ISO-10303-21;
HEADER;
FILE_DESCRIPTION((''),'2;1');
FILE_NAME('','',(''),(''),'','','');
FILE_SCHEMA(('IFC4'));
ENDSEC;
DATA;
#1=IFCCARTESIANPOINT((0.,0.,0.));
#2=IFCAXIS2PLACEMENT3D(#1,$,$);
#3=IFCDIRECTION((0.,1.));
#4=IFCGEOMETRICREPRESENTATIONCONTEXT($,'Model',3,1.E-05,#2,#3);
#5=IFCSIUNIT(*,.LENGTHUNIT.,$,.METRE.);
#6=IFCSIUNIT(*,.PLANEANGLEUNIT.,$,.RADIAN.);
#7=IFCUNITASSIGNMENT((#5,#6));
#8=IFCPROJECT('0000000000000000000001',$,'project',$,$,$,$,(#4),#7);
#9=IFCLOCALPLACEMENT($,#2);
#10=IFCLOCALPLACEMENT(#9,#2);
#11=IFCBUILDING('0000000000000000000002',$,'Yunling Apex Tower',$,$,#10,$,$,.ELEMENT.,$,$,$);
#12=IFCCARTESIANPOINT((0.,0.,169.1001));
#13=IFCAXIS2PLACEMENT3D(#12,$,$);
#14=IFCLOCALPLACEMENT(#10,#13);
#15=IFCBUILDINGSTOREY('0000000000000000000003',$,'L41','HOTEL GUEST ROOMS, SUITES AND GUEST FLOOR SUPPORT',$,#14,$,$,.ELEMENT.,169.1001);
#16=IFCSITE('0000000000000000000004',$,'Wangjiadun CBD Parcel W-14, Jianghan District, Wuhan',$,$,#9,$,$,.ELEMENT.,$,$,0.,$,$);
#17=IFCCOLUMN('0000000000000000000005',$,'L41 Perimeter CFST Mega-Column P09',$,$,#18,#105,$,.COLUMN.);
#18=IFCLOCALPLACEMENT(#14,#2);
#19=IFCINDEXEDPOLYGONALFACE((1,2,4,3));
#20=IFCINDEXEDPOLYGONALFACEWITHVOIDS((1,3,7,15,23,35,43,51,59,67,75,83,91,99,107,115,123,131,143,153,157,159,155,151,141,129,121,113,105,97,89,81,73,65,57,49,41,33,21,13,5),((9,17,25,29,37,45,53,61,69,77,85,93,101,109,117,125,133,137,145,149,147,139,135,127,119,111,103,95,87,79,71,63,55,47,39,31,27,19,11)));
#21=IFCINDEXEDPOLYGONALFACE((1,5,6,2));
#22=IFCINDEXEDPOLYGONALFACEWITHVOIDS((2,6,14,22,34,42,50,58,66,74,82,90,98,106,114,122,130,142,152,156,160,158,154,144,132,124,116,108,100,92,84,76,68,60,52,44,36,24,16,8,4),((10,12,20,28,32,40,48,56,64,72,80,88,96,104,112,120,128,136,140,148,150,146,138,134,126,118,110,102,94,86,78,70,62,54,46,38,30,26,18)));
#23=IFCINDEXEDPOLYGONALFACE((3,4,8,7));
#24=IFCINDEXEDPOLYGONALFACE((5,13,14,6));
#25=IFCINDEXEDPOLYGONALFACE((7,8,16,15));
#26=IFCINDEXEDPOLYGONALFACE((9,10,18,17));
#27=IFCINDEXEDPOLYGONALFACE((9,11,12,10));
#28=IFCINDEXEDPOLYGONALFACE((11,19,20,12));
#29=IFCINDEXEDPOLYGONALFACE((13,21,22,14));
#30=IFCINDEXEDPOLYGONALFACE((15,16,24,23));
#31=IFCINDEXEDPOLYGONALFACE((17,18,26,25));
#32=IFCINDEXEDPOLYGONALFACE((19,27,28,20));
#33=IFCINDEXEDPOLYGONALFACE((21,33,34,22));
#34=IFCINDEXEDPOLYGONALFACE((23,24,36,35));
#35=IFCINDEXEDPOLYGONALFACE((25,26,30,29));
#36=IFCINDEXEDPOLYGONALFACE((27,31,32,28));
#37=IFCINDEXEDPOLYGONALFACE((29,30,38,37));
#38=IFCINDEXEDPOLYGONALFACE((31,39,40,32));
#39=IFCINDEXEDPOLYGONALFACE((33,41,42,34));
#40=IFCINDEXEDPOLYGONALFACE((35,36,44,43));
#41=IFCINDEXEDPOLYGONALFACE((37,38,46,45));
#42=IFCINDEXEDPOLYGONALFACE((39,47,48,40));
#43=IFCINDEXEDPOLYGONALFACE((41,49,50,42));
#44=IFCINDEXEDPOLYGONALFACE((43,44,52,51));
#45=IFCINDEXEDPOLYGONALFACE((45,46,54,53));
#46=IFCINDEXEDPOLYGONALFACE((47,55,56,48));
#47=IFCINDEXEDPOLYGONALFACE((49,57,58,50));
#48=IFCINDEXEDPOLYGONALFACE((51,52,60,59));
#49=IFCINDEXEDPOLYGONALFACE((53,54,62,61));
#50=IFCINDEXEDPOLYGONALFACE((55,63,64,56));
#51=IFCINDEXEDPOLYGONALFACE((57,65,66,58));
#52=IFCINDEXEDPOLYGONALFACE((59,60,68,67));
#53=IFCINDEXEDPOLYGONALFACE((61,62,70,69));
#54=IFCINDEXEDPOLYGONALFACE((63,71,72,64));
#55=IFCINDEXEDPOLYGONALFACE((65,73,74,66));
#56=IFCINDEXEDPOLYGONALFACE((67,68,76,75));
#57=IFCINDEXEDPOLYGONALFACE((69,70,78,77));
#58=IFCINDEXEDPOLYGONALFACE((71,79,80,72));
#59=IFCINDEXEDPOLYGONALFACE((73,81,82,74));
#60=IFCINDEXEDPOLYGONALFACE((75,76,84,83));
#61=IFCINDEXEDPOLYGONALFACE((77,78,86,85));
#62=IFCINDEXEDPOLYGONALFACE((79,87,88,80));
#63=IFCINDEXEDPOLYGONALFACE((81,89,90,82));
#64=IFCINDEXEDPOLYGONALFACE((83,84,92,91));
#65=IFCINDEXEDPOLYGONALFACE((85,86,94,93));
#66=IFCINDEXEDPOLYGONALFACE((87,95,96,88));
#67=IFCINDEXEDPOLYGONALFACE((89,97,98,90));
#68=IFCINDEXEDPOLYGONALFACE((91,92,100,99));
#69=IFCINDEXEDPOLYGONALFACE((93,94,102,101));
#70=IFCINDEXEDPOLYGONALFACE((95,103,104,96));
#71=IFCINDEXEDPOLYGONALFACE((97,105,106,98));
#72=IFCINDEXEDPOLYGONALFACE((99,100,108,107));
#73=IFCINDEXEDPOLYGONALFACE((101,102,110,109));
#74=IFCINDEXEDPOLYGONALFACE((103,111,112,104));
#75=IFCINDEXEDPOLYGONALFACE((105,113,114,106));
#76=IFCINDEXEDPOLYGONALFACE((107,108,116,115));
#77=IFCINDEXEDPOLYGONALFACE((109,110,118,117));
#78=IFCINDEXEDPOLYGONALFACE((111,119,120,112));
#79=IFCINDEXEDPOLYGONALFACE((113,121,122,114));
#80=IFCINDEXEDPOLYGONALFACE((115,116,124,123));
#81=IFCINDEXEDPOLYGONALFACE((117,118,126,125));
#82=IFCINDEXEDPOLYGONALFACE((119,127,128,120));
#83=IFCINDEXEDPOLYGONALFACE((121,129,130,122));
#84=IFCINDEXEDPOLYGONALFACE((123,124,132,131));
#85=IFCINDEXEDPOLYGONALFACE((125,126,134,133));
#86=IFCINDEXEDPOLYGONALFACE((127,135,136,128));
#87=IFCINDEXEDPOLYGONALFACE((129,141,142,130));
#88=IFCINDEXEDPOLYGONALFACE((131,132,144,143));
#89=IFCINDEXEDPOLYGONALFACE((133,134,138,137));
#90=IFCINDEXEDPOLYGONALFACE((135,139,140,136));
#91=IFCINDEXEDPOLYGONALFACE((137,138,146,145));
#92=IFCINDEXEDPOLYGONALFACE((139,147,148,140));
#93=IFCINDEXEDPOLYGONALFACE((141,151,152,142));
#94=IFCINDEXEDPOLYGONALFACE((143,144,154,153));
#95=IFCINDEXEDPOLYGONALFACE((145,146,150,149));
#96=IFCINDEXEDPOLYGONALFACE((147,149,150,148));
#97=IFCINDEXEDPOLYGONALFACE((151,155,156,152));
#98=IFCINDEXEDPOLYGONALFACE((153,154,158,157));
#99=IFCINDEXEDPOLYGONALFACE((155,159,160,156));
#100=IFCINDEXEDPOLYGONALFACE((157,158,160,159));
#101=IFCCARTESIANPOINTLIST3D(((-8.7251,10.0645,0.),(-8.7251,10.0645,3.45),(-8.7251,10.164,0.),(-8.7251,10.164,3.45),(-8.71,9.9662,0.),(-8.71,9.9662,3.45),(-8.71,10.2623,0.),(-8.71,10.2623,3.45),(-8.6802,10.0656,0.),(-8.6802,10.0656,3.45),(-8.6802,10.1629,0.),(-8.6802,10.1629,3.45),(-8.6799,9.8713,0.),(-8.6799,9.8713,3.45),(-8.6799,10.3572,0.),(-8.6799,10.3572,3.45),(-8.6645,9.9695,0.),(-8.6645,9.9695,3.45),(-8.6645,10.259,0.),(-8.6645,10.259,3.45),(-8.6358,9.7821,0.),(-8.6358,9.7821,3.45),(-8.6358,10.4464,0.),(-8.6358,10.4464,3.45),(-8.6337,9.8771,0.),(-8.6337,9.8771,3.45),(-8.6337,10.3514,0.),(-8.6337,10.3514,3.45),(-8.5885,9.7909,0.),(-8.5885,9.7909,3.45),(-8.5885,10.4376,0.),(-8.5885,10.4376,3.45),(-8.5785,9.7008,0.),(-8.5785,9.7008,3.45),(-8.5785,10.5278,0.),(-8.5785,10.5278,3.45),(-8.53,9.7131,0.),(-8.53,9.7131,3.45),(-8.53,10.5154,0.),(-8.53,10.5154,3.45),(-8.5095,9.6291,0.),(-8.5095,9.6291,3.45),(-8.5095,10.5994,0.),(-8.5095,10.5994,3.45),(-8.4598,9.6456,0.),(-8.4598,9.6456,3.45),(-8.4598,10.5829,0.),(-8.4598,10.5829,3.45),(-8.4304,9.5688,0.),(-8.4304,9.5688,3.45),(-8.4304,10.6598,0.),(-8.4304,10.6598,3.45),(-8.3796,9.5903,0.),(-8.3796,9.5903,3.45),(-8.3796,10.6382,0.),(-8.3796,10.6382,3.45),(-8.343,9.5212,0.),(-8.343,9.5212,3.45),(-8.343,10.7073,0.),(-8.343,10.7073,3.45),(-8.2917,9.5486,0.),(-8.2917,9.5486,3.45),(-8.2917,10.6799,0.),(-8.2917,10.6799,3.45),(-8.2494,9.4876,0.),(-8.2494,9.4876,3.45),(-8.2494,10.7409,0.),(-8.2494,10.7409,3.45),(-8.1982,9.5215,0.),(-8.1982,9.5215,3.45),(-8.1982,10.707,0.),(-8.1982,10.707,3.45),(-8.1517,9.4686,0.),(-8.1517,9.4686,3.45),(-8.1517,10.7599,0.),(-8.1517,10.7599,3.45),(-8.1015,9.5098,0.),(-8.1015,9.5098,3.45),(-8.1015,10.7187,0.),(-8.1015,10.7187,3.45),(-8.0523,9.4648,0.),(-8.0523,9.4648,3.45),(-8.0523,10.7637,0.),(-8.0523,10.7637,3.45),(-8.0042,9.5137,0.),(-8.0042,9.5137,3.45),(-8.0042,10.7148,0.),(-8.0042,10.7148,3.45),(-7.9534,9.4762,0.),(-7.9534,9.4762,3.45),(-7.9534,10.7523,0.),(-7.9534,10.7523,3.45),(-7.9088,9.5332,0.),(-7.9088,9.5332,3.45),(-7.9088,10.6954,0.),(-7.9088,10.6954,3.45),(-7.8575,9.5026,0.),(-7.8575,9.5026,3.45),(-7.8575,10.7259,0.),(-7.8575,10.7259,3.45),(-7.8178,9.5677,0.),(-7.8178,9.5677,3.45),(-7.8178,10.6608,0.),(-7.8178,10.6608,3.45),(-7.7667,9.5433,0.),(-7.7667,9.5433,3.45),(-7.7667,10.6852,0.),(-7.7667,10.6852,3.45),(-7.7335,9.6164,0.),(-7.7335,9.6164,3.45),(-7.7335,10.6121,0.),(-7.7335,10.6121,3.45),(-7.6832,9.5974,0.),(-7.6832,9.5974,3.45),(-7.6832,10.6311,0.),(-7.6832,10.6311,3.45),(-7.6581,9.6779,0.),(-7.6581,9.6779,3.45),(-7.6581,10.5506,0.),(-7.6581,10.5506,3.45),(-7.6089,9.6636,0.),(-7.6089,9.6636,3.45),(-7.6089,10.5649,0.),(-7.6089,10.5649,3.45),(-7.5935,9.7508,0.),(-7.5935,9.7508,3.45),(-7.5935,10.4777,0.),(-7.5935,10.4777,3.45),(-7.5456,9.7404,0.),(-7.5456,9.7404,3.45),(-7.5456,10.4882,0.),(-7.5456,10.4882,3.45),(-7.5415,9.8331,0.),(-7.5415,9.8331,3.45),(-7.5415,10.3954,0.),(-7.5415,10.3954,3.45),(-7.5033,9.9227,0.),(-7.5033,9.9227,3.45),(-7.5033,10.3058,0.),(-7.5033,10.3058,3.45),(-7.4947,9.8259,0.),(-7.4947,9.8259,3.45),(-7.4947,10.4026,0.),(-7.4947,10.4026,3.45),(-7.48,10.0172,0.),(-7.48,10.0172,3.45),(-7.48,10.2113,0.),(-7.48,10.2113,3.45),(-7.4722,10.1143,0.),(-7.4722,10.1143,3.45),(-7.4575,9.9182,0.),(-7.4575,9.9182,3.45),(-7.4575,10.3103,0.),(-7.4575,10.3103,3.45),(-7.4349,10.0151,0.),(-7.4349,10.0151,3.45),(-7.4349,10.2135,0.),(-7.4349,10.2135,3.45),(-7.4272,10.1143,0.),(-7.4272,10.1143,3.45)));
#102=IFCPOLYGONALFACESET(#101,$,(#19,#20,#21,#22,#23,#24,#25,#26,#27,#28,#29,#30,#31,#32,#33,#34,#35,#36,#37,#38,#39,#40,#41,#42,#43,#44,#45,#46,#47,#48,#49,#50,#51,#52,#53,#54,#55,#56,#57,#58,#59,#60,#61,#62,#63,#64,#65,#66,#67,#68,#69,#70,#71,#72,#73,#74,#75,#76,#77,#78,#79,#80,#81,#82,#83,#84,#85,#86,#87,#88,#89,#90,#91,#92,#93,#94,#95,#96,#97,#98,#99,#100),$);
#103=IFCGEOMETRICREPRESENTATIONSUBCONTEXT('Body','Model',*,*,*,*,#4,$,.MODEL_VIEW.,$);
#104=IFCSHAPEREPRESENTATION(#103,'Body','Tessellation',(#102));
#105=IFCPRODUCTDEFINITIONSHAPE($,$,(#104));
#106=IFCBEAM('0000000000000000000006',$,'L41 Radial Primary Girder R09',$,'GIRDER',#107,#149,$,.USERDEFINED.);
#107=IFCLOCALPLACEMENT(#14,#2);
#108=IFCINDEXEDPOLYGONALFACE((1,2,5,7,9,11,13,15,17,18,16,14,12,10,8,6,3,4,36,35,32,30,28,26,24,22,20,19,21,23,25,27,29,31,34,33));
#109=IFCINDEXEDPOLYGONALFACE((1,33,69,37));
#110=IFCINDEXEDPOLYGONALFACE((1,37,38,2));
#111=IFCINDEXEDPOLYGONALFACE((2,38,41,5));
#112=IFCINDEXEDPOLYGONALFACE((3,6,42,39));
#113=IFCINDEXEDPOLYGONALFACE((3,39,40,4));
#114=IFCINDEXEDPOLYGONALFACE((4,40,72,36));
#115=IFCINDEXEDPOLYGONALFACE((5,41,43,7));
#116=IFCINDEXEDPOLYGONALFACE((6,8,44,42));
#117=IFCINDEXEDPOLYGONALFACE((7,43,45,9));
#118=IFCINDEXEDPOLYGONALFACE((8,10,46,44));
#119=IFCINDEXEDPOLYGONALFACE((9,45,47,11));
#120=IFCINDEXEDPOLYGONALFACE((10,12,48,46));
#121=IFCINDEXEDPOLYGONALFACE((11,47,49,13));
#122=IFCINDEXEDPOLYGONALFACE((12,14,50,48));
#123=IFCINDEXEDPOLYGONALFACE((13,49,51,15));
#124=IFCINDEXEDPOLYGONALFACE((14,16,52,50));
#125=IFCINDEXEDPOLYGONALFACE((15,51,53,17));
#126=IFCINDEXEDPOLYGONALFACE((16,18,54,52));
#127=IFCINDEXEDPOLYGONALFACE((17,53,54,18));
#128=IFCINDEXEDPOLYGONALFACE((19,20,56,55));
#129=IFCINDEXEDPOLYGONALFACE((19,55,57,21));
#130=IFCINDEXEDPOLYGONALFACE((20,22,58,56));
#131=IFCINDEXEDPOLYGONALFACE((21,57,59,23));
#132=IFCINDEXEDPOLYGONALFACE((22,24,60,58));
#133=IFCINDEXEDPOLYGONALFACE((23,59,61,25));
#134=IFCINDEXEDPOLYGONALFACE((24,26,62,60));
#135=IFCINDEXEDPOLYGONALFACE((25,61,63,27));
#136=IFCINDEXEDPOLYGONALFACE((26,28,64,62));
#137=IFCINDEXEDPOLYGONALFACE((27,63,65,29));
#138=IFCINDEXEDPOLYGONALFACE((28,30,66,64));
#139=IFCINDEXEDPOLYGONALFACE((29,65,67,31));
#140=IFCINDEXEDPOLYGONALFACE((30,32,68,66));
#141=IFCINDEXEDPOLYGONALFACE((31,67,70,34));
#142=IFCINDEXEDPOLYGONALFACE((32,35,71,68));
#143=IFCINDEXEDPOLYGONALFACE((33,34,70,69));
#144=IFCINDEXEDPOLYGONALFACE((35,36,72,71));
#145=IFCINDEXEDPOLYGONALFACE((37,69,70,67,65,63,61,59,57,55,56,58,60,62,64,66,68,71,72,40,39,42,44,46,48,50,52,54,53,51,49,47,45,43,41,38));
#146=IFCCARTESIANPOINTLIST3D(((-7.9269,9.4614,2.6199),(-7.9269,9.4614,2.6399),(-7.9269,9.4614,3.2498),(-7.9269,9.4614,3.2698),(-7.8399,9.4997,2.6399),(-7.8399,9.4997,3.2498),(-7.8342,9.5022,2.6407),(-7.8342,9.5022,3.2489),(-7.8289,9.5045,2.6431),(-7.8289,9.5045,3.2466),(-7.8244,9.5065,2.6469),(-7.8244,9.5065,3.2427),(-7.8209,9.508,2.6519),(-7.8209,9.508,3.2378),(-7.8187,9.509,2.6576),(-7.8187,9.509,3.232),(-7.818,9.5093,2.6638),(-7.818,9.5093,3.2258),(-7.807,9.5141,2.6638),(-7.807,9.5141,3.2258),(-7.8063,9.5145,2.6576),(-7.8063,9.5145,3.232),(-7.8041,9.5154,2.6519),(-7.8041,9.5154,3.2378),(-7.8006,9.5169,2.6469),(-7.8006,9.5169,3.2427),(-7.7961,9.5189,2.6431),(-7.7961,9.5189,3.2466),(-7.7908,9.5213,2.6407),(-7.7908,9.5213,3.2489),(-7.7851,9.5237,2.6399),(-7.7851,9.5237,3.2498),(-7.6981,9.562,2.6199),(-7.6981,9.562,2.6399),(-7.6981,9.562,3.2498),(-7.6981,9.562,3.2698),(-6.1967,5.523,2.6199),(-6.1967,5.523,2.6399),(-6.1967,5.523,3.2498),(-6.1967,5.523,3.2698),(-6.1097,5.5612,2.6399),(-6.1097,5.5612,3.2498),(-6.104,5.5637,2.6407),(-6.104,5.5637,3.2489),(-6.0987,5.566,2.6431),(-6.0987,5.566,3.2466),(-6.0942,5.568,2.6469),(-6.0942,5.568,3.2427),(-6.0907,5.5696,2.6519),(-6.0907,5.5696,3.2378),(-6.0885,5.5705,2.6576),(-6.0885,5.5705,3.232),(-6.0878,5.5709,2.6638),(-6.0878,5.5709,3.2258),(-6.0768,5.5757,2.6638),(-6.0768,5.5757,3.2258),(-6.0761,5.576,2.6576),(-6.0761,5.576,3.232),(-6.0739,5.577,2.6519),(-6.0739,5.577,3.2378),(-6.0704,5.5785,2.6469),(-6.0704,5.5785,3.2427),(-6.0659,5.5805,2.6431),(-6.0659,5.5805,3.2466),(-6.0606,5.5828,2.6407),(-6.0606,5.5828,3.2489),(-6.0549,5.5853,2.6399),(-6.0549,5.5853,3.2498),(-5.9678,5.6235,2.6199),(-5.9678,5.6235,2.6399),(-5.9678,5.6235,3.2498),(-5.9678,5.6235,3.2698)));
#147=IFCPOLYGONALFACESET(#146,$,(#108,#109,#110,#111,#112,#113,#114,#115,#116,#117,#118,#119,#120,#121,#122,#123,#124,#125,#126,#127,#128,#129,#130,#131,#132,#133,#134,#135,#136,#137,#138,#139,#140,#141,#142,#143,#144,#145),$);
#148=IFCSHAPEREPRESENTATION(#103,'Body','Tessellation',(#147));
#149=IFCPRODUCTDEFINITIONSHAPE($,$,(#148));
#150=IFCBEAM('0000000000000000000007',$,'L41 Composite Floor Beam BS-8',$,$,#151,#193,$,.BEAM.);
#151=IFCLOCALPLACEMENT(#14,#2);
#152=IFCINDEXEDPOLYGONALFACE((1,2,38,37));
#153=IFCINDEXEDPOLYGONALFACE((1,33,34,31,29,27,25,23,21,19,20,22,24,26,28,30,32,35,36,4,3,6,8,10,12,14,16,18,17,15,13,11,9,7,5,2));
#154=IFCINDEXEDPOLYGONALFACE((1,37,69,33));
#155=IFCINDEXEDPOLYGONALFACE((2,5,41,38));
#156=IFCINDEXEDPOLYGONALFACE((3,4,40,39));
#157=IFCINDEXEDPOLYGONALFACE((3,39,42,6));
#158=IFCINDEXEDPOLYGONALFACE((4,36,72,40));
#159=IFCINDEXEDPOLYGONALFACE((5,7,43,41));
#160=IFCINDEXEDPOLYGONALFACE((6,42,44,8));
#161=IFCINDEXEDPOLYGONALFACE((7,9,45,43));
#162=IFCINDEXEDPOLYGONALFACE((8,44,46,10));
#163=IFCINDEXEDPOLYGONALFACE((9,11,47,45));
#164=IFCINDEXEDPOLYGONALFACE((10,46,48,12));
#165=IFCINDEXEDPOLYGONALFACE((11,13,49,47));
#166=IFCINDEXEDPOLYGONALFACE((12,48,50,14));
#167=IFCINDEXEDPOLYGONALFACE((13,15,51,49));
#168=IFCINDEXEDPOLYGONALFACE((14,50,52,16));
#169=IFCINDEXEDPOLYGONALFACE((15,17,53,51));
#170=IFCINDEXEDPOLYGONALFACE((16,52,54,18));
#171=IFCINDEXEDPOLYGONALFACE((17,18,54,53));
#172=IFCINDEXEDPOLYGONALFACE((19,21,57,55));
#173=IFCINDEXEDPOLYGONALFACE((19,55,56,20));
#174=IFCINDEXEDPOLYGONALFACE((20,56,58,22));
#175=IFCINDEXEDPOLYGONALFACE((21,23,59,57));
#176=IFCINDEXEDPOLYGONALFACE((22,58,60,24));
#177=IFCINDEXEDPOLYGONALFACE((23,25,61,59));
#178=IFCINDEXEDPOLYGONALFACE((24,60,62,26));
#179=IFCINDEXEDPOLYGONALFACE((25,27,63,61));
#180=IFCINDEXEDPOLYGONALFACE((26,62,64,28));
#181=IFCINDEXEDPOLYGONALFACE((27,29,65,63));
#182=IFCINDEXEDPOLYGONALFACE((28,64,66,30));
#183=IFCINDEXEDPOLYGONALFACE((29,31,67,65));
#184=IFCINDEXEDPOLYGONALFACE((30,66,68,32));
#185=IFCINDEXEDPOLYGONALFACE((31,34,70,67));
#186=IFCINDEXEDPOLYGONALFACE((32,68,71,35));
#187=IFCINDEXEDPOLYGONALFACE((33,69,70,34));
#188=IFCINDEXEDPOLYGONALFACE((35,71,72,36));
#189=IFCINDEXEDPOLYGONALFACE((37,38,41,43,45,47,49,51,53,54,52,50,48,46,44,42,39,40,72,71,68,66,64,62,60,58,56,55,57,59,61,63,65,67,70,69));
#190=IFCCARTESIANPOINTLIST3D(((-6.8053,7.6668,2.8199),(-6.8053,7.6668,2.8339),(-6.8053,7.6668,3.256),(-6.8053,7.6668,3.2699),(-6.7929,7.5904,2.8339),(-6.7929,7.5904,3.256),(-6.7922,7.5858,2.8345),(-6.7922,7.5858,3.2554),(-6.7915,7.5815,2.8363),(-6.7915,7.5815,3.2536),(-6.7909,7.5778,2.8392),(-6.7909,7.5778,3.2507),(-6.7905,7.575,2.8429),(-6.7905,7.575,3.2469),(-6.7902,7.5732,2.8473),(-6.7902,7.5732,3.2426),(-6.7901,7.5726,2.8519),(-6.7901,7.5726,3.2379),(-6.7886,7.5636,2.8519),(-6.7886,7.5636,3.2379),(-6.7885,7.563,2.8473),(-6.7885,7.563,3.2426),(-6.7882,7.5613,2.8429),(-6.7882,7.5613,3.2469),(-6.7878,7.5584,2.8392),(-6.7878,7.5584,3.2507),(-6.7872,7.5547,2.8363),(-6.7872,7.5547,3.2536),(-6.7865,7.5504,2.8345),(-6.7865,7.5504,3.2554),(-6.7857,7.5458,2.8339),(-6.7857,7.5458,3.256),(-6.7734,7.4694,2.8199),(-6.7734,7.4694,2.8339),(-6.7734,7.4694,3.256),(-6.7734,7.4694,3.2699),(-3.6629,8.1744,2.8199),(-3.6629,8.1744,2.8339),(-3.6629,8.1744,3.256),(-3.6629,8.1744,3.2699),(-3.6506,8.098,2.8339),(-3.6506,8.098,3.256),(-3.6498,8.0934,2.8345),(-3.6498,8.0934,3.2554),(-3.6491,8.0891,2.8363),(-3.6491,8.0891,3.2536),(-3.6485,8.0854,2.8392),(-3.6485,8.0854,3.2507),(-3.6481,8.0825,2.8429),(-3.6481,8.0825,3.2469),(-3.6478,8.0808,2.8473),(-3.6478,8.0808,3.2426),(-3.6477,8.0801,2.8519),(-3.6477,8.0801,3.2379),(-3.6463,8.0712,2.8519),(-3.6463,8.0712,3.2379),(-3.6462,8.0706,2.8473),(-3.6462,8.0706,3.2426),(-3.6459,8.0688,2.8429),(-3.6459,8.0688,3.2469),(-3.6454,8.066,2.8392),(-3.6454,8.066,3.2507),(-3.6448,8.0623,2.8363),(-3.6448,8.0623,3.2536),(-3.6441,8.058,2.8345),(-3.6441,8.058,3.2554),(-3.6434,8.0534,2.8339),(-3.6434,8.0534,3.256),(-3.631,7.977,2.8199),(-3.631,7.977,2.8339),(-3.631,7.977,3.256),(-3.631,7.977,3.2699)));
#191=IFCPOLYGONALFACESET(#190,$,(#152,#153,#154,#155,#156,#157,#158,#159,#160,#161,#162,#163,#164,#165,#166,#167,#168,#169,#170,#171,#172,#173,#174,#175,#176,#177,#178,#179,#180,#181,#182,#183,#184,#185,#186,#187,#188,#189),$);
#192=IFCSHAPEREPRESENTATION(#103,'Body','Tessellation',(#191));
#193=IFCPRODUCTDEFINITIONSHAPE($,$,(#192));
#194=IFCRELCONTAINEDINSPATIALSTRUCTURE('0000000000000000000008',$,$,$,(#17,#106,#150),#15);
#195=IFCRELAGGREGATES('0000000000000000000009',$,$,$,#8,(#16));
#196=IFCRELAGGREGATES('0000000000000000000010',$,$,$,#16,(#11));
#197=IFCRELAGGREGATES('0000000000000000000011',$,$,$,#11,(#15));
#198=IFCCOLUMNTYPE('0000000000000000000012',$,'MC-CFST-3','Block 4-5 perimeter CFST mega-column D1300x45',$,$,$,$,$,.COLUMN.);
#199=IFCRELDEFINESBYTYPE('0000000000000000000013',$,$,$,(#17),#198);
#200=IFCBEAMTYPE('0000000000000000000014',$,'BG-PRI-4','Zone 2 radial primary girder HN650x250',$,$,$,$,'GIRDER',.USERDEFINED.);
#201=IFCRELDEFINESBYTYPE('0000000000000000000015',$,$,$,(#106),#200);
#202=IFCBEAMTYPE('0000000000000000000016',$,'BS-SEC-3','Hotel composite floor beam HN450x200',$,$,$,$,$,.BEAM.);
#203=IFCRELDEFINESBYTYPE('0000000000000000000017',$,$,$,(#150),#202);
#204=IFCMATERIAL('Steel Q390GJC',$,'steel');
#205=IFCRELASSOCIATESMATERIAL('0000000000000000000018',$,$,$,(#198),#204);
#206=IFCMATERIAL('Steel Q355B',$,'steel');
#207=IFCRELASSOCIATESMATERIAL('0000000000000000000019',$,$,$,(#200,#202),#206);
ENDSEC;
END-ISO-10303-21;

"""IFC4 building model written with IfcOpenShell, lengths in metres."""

from ifc_helpers import new_model, si_unit, direction, frame, origin, origin_2d, place, context, subcontext, project, spatial, hollow_circle, i_section, extrude, source, transform, mapped, material, material_profile, profile_set, type_object, element, save


model = new_model("IFC4")

# Units and contexts
model_context = context("Model", 3, precision=1e-05, world=origin(), true_north=direction((0.0, 1.0)))
body_context = subcontext(model_context, "Body", "Model", "MODEL_VIEW")
ifc_project = project(units=[si_unit("LENGTHUNIT", "METRE"), si_unit("PLANEANGLEUNIT", "RADIAN")], contexts=[model_context])

# Site, building, storey
site_placement = place(None, origin())
site = spatial("IfcSite", under=ifc_project, at=site_placement, Name="Wangjiadun CBD Parcel W-14, Jianghan District, Wuhan", CompositionType="ELEMENT", RefElevation=0.0)
building_placement = place(site_placement, origin())
building = spatial("IfcBuilding", under=site, at=building_placement, Name="Yunling Apex Tower", CompositionType="ELEMENT")
storey_placement = place(building_placement, frame((0.0, 0.0, 169.1001)))
storey = spatial("IfcBuildingStorey", under=building, at=storey_placement, Name="L41", Description="HOTEL GUEST ROOMS, SUITES AND GUEST FLOOR SUPPORT", CompositionType="ELEMENT", Elevation=169.1001)

# Column
ifc_material_1 = material(Name="Steel Q390GJC", Category="steel")
ifc_material_profile_1 = material_profile(ifc_material_1, hollow_circle(Radius=0.6499, WallThickness=0.0449, at=origin_2d()))
ifc_profile_set_1 = profile_set([ifc_material_profile_1], Name="Steel Q390GJC")
column_type = type_object("IfcColumnType", Name="MC-CFST-3", Description="Block 4-5 perimeter CFST mega-column D1300x45", PredefinedType="COLUMN", material=ifc_profile_set_1)
shared_shape_1 = source(origin(), body_context, "Body", "SweptSolid", [
    extrude(hollow_circle(Radius=0.6499, WallThickness=0.0449, at=origin_2d()), origin(), (0.0, 0.0, 1.0), 3.45),
])
column_placement = place(storey_placement, frame((-8.0771, 10.1143, 0.0), z_axis=(0.0, 0.0, 1.0), x_axis=(1.0, 0.0, 0.0)))
element("IfcColumn", 1, at=column_placement, inside=storey, type_object=column_type, Name="L41 Perimeter CFST Mega-Column P09", PredefinedType="COLUMN", context=body_context, shape_type="MappedRepresentation", body=[
    mapped(shared_shape_1, transform((0.0, 0.0, 0.0), scale=1.0)),
])

# Beams
ifc_material_2 = material(Name="Steel Q355B", Category="steel")
ifc_material_profile_2 = material_profile(ifc_material_2, i_section(OverallWidth=0.25, OverallDepth=0.6499, WebThickness=0.012, FlangeThickness=0.02, FilletRadius=0.0239, at=origin_2d()))
ifc_profile_set_2 = profile_set([ifc_material_profile_2], Name="Steel Q355B")
beam_type_1 = type_object("IfcBeamType", Name="BG-PRI-4", Description="Zone 2 radial primary girder HN650x250", ElementType="GIRDER", PredefinedType="USERDEFINED", material=ifc_profile_set_2)
shared_shape_2 = source(origin(), body_context, "Body", "SweptSolid", [
    extrude(i_section(OverallWidth=0.25, OverallDepth=0.6499, WebThickness=0.012, FlangeThickness=0.02, FilletRadius=0.0239, at=origin_2d()), origin(), (0.0, 0.0, 1.0), 4.3018),
])
beam_1_placement = place(storey_placement, frame((-7.8125, 9.5117, 2.9448), z_axis=(0.402212, -0.915547, 0.0), x_axis=(0.915547, 0.402212, 0.0)))
element("IfcBeam", 2, at=beam_1_placement, inside=storey, type_object=beam_type_1, Name="L41 Radial Primary Girder R09", ObjectType="GIRDER", PredefinedType="USERDEFINED", context=body_context, shape_type="MappedRepresentation", body=[
    mapped(shared_shape_2, transform((0.0, 0.0, 0.0), scale=1.0)),
])
ifc_material_profile_3 = material_profile(ifc_material_2, i_section(OverallWidth=0.2, OverallDepth=0.45, WebThickness=0.009, FlangeThickness=0.0139, FilletRadius=0.0181, at=origin_2d()))
ifc_profile_set_3 = profile_set([ifc_material_profile_3], Name="Steel Q355B")
beam_type_2 = type_object("IfcBeamType", Name="BS-SEC-3", Description="Hotel composite floor beam HN450x200", PredefinedType="BEAM", material=ifc_profile_set_3)
shared_shape_3 = source(origin(), body_context, "Body", "SweptSolid", [
    extrude(i_section(OverallWidth=0.2, OverallDepth=0.45, WebThickness=0.009, FlangeThickness=0.0139, FilletRadius=0.0181, at=origin_2d()), origin(), (0.0, 0.0, 1.0), 3.1831),
])
beam_2_placement = place(storey_placement, frame((-3.647, 8.0757, 3.0449), z_axis=(-0.987205, -0.159459, 0.0), x_axis=(0.159459, -0.987205, 0.0)))
element("IfcBeam", 3, at=beam_2_placement, inside=storey, type_object=beam_type_2, Name="L41 Composite Floor Beam BS-8", PredefinedType="BEAM", context=body_context, shape_type="MappedRepresentation", body=[
    mapped(shared_shape_3, transform((0.0, 0.0, 0.0), scale=1.0)),
])

save(model, "model.ifc")
